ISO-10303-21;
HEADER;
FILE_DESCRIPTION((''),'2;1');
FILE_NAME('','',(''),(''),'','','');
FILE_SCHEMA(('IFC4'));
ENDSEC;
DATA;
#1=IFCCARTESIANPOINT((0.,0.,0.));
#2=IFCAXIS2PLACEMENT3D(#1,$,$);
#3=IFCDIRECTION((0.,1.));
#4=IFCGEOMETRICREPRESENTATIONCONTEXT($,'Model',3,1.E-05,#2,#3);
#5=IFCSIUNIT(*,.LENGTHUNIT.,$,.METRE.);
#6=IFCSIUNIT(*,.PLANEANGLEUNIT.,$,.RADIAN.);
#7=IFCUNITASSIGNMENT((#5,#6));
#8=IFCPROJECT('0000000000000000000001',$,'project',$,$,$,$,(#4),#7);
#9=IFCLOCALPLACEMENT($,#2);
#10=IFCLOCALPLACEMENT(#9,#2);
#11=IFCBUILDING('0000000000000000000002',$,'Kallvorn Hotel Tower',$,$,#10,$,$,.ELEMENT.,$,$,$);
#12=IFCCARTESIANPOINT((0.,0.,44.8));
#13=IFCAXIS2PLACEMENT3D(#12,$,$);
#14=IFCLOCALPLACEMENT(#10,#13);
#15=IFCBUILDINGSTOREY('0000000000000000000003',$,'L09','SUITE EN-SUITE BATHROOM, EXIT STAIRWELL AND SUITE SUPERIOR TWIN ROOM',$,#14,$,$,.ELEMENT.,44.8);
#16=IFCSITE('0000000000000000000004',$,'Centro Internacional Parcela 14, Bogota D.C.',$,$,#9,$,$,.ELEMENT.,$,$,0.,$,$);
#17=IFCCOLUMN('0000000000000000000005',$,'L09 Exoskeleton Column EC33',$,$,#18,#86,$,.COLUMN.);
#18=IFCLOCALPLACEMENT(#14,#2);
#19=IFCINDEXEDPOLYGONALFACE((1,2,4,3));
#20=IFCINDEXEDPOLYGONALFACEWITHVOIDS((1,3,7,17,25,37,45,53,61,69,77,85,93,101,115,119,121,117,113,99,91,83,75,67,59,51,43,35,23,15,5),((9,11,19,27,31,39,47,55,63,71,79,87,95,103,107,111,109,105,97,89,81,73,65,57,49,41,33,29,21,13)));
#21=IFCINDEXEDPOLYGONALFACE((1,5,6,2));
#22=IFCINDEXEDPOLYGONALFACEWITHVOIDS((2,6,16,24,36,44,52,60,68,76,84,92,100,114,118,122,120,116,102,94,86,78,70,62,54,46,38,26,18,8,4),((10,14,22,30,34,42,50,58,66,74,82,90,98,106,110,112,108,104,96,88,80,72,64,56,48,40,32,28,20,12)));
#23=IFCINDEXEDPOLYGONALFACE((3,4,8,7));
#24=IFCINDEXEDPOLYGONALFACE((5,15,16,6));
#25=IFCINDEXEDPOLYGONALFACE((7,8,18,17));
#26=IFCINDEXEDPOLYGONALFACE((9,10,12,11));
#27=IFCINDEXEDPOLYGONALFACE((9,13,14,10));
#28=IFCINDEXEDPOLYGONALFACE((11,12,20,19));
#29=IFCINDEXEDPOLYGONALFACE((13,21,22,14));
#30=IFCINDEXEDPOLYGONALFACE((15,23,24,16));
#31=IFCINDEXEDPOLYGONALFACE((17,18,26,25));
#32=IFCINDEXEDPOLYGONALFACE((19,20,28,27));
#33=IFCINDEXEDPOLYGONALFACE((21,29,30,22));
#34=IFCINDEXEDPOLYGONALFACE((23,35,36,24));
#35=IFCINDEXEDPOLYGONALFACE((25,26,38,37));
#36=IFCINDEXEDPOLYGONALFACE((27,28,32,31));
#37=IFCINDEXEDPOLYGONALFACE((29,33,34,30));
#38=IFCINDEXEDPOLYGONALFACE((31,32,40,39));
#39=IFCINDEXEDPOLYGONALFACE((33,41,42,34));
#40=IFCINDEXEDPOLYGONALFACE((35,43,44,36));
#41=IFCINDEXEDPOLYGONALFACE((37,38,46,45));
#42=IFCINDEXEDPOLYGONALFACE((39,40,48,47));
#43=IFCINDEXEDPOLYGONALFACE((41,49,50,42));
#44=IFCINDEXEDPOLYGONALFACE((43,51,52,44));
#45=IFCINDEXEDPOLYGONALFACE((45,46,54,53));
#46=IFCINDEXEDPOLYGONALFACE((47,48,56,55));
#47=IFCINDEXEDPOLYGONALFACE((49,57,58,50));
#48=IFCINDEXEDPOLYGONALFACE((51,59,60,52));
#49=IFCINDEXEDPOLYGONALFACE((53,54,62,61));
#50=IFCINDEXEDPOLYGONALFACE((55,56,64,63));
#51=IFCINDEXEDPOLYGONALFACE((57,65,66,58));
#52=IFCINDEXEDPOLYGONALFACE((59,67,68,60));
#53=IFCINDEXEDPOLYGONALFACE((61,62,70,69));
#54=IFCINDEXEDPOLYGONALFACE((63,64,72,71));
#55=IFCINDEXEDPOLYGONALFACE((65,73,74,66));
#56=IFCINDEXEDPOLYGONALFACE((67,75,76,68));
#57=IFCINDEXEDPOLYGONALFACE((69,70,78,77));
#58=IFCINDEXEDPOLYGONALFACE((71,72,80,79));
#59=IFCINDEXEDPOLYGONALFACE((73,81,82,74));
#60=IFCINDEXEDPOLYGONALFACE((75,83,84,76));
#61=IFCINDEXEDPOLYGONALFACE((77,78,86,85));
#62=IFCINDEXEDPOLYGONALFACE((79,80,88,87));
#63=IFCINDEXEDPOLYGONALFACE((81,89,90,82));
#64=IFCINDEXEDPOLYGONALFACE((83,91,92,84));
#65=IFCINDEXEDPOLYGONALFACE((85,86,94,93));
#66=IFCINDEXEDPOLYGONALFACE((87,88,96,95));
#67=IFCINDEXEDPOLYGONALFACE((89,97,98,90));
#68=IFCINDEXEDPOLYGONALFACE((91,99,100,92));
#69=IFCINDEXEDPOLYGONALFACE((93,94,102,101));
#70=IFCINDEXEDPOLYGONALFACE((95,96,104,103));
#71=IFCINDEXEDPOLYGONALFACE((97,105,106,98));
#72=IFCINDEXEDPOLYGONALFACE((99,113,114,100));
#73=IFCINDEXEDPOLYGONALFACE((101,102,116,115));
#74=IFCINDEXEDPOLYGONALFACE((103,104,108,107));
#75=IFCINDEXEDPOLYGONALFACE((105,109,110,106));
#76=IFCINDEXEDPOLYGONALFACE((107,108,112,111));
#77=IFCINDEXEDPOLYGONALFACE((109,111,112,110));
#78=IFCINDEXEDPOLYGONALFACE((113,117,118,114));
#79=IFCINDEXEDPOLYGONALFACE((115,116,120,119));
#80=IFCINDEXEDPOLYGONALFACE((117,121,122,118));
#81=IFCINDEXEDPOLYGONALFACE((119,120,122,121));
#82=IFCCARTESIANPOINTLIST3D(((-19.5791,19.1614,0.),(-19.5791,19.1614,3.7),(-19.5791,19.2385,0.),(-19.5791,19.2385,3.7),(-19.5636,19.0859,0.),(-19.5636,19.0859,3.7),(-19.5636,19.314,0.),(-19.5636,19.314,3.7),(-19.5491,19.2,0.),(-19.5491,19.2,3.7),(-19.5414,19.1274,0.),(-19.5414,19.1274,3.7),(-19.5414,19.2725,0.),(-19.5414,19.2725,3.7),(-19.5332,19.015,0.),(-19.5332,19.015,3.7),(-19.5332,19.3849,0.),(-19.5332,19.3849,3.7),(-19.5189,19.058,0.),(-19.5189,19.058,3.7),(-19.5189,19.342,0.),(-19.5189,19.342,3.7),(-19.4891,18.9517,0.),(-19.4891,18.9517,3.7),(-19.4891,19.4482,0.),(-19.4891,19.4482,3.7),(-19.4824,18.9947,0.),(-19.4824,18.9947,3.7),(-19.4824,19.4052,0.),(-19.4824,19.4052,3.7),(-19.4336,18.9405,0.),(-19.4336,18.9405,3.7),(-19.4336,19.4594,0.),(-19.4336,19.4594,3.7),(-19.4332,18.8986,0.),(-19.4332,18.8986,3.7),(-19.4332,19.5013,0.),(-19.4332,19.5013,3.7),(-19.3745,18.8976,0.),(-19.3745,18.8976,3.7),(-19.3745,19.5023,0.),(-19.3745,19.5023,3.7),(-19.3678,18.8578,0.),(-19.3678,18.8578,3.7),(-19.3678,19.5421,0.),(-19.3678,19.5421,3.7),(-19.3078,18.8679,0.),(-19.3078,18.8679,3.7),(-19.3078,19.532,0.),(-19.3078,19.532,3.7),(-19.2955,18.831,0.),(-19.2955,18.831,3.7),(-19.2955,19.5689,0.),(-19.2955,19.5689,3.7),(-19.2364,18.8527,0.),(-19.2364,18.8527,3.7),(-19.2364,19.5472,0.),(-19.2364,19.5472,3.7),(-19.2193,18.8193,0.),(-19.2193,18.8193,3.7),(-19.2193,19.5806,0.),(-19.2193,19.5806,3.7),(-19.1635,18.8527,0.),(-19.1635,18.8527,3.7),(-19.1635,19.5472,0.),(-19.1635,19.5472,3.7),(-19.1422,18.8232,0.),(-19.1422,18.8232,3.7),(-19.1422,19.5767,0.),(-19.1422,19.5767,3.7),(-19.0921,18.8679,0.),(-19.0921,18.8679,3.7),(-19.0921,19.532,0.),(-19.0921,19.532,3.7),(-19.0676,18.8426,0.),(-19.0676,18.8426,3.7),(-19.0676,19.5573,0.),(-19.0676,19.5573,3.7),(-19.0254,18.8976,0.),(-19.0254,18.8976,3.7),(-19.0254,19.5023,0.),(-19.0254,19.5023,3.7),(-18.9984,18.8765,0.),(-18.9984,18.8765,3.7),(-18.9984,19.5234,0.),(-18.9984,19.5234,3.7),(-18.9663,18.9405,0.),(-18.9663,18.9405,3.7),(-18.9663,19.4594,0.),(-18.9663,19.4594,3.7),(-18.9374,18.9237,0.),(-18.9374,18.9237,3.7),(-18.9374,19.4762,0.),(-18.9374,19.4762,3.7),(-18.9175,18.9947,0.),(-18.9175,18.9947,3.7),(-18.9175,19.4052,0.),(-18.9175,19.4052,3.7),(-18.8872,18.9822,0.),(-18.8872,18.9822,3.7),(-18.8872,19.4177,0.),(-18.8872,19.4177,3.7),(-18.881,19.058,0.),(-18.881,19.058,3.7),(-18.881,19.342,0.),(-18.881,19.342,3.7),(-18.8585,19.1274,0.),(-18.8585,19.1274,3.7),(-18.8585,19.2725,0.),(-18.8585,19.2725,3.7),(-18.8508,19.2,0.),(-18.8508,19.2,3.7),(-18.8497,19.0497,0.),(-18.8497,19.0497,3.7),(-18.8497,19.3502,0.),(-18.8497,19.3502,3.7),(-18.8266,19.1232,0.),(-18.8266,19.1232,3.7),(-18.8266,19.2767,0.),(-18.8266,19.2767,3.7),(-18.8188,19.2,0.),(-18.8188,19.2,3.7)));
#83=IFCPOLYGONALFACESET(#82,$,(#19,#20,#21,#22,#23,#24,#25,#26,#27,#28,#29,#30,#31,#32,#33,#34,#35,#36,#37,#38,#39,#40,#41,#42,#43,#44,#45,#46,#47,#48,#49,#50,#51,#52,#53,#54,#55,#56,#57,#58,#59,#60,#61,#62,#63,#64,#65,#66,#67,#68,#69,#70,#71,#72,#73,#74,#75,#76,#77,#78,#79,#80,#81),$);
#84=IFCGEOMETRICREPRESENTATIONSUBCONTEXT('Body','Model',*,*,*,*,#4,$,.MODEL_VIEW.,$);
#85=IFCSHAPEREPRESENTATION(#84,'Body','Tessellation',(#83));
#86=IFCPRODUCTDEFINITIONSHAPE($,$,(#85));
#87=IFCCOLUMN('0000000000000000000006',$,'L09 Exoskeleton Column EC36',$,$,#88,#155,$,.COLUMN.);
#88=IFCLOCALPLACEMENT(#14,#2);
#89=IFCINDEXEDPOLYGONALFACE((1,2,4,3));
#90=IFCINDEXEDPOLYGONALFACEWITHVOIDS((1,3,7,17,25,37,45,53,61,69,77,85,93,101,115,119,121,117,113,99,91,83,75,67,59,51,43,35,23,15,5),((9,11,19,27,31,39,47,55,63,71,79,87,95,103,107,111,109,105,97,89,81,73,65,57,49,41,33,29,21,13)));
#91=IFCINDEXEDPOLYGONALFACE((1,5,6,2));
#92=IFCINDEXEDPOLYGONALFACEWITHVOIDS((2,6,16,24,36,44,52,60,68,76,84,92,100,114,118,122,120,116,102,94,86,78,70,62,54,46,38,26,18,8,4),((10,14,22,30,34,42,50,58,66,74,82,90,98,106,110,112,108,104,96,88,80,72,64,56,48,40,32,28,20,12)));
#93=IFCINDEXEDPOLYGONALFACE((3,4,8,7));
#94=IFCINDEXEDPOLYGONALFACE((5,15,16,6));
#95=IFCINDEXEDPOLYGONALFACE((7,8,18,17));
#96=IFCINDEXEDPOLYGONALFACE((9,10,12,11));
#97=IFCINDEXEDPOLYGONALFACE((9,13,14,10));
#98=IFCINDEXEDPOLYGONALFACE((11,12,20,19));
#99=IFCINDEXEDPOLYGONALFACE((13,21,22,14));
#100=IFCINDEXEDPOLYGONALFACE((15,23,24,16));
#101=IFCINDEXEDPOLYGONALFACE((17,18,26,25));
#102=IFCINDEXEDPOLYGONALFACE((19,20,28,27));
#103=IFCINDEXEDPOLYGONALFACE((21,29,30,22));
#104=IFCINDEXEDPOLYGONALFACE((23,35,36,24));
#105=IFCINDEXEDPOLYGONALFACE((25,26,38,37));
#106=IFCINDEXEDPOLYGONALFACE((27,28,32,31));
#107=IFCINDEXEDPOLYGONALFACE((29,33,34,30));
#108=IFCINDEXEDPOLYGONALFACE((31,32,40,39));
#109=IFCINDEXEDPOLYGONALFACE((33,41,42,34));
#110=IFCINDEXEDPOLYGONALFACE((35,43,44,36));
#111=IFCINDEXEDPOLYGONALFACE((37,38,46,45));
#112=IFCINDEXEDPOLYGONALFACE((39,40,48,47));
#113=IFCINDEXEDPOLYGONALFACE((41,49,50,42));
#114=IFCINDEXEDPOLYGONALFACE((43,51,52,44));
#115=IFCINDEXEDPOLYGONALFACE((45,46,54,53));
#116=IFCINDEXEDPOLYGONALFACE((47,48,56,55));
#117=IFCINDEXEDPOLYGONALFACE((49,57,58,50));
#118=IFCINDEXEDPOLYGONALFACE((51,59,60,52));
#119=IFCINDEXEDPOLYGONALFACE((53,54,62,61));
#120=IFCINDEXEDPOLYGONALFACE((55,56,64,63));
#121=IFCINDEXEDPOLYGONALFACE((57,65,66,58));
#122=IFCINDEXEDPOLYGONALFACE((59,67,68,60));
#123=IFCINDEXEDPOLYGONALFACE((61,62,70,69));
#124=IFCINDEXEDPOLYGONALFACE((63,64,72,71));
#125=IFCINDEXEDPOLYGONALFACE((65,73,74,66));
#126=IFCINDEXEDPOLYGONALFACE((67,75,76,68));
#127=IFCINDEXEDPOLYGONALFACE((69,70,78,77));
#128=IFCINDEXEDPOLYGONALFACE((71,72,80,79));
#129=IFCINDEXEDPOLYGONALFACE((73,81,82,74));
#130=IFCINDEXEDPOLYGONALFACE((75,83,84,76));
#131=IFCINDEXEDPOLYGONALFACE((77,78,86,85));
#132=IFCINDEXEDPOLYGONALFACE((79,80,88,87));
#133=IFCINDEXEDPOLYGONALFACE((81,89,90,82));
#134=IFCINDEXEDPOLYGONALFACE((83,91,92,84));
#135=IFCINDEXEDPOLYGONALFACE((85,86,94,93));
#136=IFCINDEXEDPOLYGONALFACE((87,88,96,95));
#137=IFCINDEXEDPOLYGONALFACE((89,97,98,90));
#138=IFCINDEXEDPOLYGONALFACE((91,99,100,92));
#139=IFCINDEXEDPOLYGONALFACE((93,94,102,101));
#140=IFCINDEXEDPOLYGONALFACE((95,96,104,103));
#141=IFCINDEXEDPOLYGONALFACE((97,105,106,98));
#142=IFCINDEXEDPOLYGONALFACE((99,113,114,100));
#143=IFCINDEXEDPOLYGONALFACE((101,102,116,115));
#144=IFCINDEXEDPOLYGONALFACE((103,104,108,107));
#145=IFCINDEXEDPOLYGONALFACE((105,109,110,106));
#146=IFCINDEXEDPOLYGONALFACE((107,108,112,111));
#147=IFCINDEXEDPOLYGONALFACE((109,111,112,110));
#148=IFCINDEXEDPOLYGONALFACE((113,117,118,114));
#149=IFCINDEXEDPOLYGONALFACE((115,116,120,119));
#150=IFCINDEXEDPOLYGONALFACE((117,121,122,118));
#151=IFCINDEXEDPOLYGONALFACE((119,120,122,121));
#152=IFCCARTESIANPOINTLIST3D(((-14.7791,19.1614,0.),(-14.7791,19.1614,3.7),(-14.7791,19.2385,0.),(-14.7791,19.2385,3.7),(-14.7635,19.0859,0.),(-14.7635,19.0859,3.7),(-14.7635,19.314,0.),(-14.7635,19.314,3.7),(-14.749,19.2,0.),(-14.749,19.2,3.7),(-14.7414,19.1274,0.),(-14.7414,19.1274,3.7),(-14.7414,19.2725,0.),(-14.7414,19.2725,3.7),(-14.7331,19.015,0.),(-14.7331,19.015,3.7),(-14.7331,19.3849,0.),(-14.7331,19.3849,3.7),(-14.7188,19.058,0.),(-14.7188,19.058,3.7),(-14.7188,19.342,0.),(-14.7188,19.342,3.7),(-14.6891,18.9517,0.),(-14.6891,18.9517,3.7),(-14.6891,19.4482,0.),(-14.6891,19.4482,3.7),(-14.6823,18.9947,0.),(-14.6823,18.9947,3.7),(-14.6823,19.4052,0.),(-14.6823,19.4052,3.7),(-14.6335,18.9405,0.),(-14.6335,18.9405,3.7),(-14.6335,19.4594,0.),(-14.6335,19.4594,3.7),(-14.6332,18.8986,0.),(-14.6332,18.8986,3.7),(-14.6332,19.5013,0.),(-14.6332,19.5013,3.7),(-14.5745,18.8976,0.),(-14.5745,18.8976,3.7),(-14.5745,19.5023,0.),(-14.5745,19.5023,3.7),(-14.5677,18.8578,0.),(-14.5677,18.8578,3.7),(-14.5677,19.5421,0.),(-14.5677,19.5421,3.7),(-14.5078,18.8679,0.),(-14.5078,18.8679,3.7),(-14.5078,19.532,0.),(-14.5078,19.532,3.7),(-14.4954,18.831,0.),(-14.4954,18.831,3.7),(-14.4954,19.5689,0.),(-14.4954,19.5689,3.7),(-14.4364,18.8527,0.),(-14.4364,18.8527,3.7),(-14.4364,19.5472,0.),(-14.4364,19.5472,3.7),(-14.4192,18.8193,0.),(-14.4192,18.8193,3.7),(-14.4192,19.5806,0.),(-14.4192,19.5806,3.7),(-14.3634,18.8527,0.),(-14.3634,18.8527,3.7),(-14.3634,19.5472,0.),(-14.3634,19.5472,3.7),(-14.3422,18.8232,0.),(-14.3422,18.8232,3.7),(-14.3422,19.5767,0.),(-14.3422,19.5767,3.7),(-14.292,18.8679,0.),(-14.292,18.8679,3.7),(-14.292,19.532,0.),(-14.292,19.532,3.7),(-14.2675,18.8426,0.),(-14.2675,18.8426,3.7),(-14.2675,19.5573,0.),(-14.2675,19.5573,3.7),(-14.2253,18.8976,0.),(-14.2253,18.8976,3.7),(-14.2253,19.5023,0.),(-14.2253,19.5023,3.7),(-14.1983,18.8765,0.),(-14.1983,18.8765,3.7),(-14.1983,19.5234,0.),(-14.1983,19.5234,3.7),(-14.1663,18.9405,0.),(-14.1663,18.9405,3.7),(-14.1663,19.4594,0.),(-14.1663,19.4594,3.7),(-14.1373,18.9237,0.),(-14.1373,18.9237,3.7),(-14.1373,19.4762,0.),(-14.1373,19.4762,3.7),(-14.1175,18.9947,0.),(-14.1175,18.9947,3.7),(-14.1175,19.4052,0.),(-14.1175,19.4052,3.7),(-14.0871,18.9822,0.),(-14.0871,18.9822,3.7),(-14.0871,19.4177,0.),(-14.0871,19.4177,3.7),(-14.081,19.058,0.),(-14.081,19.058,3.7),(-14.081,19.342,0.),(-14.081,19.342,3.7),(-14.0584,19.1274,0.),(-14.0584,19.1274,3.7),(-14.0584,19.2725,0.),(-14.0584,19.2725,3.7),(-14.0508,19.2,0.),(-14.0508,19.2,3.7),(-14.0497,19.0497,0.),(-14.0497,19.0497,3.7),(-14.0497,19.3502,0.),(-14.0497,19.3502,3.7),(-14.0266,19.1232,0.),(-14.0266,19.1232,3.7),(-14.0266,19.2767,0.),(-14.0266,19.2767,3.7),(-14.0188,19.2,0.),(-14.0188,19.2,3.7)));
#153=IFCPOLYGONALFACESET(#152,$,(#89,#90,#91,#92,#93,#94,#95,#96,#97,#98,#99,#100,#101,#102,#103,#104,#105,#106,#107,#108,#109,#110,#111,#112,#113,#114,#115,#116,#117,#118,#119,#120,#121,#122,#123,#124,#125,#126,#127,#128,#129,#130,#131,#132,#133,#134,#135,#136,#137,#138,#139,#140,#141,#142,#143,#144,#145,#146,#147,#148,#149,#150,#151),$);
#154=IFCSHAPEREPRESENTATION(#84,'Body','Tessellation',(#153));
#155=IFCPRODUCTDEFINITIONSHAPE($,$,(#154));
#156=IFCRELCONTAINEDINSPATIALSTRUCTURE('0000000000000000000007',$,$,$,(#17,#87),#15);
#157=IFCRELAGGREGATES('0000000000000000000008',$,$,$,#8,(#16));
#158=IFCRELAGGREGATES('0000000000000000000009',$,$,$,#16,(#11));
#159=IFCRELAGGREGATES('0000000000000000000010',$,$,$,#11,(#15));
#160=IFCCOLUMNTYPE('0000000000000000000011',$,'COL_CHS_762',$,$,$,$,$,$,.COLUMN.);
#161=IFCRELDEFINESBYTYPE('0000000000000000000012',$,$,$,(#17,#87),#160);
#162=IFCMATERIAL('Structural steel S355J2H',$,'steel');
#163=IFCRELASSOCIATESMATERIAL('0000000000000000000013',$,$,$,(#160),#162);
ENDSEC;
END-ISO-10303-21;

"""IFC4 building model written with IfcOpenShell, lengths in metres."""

from ifc_helpers import new_model, si_unit, direction, frame, origin, origin_2d, place, context, subcontext, project, spatial, hollow_circle, extrude, material, material_profile, profile_set, type_object, element, save


model = new_model("IFC4")

# Units and contexts
model_context = context("Model", 3, precision=1e-05, world=origin(), true_north=direction((0.0, 1.0)))
body_context = subcontext(model_context, "Body", "Model", "MODEL_VIEW")
ifc_project = project(units=[si_unit("LENGTHUNIT", "METRE"), si_unit("PLANEANGLEUNIT", "RADIAN")], contexts=[model_context])

# Site, building, storey
site_placement = place(None, origin())
site = spatial("IfcSite", under=ifc_project, at=site_placement, Name="Centro Internacional Parcela 14, Bogota D.C.", CompositionType="ELEMENT", RefElevation=0.0)
building_placement = place(site_placement, origin())
building = spatial("IfcBuilding", under=site, at=building_placement, Name="Kallvorn Hotel Tower", CompositionType="ELEMENT")
storey_placement = place(building_placement, frame((0.0, 0.0, 44.8)))
storey = spatial("IfcBuildingStorey", under=building, at=storey_placement, Name="L09", Description="SUITE EN-SUITE BATHROOM, EXIT STAIRWELL AND SUITE SUPERIOR TWIN ROOM", CompositionType="ELEMENT", Elevation=44.8)

# Columns
ifc_material_1 = material(Name="Structural steel S355J2H", Category="steel")
ifc_material_profile_1 = material_profile(ifc_material_1, hollow_circle(Radius=0.3811, WallThickness=0.032, at=origin_2d()), Name="CHS 762x32")
ifc_profile_set_1 = profile_set([ifc_material_profile_1], Name="Structural steel S355J2H")
column_type_1 = type_object("IfcColumnType", Name="COL_CHS_762", PredefinedType="COLUMN", material=ifc_profile_set_1)
for number, where, z_axis, x_axis, name in (
    (1, (-19.2, 19.2, 0.0), (0.0, 0.0, 1.0), (1.0, 0.0, 0.0), "L09 Exoskeleton Column EC33"),
    (2, (-14.3999, 19.2, 0.0), (0.0, 0.0, 1.0), (1.0, 0.0, 0.0), "L09 Exoskeleton Column EC36"),
):
    element("IfcColumn", number, at=place(storey_placement, frame(where, z_axis=z_axis, x_axis=x_axis)), inside=storey, type_object=column_type_1, Name=name, PredefinedType="COLUMN", context=body_context, shape_type="SweptSolid", body=[
        extrude(hollow_circle(Radius=0.3811, WallThickness=0.032, at=origin_2d()), origin(), (0.0, 0.0, 1.0), 3.7),
    ])

save(model, "model.ifc")
